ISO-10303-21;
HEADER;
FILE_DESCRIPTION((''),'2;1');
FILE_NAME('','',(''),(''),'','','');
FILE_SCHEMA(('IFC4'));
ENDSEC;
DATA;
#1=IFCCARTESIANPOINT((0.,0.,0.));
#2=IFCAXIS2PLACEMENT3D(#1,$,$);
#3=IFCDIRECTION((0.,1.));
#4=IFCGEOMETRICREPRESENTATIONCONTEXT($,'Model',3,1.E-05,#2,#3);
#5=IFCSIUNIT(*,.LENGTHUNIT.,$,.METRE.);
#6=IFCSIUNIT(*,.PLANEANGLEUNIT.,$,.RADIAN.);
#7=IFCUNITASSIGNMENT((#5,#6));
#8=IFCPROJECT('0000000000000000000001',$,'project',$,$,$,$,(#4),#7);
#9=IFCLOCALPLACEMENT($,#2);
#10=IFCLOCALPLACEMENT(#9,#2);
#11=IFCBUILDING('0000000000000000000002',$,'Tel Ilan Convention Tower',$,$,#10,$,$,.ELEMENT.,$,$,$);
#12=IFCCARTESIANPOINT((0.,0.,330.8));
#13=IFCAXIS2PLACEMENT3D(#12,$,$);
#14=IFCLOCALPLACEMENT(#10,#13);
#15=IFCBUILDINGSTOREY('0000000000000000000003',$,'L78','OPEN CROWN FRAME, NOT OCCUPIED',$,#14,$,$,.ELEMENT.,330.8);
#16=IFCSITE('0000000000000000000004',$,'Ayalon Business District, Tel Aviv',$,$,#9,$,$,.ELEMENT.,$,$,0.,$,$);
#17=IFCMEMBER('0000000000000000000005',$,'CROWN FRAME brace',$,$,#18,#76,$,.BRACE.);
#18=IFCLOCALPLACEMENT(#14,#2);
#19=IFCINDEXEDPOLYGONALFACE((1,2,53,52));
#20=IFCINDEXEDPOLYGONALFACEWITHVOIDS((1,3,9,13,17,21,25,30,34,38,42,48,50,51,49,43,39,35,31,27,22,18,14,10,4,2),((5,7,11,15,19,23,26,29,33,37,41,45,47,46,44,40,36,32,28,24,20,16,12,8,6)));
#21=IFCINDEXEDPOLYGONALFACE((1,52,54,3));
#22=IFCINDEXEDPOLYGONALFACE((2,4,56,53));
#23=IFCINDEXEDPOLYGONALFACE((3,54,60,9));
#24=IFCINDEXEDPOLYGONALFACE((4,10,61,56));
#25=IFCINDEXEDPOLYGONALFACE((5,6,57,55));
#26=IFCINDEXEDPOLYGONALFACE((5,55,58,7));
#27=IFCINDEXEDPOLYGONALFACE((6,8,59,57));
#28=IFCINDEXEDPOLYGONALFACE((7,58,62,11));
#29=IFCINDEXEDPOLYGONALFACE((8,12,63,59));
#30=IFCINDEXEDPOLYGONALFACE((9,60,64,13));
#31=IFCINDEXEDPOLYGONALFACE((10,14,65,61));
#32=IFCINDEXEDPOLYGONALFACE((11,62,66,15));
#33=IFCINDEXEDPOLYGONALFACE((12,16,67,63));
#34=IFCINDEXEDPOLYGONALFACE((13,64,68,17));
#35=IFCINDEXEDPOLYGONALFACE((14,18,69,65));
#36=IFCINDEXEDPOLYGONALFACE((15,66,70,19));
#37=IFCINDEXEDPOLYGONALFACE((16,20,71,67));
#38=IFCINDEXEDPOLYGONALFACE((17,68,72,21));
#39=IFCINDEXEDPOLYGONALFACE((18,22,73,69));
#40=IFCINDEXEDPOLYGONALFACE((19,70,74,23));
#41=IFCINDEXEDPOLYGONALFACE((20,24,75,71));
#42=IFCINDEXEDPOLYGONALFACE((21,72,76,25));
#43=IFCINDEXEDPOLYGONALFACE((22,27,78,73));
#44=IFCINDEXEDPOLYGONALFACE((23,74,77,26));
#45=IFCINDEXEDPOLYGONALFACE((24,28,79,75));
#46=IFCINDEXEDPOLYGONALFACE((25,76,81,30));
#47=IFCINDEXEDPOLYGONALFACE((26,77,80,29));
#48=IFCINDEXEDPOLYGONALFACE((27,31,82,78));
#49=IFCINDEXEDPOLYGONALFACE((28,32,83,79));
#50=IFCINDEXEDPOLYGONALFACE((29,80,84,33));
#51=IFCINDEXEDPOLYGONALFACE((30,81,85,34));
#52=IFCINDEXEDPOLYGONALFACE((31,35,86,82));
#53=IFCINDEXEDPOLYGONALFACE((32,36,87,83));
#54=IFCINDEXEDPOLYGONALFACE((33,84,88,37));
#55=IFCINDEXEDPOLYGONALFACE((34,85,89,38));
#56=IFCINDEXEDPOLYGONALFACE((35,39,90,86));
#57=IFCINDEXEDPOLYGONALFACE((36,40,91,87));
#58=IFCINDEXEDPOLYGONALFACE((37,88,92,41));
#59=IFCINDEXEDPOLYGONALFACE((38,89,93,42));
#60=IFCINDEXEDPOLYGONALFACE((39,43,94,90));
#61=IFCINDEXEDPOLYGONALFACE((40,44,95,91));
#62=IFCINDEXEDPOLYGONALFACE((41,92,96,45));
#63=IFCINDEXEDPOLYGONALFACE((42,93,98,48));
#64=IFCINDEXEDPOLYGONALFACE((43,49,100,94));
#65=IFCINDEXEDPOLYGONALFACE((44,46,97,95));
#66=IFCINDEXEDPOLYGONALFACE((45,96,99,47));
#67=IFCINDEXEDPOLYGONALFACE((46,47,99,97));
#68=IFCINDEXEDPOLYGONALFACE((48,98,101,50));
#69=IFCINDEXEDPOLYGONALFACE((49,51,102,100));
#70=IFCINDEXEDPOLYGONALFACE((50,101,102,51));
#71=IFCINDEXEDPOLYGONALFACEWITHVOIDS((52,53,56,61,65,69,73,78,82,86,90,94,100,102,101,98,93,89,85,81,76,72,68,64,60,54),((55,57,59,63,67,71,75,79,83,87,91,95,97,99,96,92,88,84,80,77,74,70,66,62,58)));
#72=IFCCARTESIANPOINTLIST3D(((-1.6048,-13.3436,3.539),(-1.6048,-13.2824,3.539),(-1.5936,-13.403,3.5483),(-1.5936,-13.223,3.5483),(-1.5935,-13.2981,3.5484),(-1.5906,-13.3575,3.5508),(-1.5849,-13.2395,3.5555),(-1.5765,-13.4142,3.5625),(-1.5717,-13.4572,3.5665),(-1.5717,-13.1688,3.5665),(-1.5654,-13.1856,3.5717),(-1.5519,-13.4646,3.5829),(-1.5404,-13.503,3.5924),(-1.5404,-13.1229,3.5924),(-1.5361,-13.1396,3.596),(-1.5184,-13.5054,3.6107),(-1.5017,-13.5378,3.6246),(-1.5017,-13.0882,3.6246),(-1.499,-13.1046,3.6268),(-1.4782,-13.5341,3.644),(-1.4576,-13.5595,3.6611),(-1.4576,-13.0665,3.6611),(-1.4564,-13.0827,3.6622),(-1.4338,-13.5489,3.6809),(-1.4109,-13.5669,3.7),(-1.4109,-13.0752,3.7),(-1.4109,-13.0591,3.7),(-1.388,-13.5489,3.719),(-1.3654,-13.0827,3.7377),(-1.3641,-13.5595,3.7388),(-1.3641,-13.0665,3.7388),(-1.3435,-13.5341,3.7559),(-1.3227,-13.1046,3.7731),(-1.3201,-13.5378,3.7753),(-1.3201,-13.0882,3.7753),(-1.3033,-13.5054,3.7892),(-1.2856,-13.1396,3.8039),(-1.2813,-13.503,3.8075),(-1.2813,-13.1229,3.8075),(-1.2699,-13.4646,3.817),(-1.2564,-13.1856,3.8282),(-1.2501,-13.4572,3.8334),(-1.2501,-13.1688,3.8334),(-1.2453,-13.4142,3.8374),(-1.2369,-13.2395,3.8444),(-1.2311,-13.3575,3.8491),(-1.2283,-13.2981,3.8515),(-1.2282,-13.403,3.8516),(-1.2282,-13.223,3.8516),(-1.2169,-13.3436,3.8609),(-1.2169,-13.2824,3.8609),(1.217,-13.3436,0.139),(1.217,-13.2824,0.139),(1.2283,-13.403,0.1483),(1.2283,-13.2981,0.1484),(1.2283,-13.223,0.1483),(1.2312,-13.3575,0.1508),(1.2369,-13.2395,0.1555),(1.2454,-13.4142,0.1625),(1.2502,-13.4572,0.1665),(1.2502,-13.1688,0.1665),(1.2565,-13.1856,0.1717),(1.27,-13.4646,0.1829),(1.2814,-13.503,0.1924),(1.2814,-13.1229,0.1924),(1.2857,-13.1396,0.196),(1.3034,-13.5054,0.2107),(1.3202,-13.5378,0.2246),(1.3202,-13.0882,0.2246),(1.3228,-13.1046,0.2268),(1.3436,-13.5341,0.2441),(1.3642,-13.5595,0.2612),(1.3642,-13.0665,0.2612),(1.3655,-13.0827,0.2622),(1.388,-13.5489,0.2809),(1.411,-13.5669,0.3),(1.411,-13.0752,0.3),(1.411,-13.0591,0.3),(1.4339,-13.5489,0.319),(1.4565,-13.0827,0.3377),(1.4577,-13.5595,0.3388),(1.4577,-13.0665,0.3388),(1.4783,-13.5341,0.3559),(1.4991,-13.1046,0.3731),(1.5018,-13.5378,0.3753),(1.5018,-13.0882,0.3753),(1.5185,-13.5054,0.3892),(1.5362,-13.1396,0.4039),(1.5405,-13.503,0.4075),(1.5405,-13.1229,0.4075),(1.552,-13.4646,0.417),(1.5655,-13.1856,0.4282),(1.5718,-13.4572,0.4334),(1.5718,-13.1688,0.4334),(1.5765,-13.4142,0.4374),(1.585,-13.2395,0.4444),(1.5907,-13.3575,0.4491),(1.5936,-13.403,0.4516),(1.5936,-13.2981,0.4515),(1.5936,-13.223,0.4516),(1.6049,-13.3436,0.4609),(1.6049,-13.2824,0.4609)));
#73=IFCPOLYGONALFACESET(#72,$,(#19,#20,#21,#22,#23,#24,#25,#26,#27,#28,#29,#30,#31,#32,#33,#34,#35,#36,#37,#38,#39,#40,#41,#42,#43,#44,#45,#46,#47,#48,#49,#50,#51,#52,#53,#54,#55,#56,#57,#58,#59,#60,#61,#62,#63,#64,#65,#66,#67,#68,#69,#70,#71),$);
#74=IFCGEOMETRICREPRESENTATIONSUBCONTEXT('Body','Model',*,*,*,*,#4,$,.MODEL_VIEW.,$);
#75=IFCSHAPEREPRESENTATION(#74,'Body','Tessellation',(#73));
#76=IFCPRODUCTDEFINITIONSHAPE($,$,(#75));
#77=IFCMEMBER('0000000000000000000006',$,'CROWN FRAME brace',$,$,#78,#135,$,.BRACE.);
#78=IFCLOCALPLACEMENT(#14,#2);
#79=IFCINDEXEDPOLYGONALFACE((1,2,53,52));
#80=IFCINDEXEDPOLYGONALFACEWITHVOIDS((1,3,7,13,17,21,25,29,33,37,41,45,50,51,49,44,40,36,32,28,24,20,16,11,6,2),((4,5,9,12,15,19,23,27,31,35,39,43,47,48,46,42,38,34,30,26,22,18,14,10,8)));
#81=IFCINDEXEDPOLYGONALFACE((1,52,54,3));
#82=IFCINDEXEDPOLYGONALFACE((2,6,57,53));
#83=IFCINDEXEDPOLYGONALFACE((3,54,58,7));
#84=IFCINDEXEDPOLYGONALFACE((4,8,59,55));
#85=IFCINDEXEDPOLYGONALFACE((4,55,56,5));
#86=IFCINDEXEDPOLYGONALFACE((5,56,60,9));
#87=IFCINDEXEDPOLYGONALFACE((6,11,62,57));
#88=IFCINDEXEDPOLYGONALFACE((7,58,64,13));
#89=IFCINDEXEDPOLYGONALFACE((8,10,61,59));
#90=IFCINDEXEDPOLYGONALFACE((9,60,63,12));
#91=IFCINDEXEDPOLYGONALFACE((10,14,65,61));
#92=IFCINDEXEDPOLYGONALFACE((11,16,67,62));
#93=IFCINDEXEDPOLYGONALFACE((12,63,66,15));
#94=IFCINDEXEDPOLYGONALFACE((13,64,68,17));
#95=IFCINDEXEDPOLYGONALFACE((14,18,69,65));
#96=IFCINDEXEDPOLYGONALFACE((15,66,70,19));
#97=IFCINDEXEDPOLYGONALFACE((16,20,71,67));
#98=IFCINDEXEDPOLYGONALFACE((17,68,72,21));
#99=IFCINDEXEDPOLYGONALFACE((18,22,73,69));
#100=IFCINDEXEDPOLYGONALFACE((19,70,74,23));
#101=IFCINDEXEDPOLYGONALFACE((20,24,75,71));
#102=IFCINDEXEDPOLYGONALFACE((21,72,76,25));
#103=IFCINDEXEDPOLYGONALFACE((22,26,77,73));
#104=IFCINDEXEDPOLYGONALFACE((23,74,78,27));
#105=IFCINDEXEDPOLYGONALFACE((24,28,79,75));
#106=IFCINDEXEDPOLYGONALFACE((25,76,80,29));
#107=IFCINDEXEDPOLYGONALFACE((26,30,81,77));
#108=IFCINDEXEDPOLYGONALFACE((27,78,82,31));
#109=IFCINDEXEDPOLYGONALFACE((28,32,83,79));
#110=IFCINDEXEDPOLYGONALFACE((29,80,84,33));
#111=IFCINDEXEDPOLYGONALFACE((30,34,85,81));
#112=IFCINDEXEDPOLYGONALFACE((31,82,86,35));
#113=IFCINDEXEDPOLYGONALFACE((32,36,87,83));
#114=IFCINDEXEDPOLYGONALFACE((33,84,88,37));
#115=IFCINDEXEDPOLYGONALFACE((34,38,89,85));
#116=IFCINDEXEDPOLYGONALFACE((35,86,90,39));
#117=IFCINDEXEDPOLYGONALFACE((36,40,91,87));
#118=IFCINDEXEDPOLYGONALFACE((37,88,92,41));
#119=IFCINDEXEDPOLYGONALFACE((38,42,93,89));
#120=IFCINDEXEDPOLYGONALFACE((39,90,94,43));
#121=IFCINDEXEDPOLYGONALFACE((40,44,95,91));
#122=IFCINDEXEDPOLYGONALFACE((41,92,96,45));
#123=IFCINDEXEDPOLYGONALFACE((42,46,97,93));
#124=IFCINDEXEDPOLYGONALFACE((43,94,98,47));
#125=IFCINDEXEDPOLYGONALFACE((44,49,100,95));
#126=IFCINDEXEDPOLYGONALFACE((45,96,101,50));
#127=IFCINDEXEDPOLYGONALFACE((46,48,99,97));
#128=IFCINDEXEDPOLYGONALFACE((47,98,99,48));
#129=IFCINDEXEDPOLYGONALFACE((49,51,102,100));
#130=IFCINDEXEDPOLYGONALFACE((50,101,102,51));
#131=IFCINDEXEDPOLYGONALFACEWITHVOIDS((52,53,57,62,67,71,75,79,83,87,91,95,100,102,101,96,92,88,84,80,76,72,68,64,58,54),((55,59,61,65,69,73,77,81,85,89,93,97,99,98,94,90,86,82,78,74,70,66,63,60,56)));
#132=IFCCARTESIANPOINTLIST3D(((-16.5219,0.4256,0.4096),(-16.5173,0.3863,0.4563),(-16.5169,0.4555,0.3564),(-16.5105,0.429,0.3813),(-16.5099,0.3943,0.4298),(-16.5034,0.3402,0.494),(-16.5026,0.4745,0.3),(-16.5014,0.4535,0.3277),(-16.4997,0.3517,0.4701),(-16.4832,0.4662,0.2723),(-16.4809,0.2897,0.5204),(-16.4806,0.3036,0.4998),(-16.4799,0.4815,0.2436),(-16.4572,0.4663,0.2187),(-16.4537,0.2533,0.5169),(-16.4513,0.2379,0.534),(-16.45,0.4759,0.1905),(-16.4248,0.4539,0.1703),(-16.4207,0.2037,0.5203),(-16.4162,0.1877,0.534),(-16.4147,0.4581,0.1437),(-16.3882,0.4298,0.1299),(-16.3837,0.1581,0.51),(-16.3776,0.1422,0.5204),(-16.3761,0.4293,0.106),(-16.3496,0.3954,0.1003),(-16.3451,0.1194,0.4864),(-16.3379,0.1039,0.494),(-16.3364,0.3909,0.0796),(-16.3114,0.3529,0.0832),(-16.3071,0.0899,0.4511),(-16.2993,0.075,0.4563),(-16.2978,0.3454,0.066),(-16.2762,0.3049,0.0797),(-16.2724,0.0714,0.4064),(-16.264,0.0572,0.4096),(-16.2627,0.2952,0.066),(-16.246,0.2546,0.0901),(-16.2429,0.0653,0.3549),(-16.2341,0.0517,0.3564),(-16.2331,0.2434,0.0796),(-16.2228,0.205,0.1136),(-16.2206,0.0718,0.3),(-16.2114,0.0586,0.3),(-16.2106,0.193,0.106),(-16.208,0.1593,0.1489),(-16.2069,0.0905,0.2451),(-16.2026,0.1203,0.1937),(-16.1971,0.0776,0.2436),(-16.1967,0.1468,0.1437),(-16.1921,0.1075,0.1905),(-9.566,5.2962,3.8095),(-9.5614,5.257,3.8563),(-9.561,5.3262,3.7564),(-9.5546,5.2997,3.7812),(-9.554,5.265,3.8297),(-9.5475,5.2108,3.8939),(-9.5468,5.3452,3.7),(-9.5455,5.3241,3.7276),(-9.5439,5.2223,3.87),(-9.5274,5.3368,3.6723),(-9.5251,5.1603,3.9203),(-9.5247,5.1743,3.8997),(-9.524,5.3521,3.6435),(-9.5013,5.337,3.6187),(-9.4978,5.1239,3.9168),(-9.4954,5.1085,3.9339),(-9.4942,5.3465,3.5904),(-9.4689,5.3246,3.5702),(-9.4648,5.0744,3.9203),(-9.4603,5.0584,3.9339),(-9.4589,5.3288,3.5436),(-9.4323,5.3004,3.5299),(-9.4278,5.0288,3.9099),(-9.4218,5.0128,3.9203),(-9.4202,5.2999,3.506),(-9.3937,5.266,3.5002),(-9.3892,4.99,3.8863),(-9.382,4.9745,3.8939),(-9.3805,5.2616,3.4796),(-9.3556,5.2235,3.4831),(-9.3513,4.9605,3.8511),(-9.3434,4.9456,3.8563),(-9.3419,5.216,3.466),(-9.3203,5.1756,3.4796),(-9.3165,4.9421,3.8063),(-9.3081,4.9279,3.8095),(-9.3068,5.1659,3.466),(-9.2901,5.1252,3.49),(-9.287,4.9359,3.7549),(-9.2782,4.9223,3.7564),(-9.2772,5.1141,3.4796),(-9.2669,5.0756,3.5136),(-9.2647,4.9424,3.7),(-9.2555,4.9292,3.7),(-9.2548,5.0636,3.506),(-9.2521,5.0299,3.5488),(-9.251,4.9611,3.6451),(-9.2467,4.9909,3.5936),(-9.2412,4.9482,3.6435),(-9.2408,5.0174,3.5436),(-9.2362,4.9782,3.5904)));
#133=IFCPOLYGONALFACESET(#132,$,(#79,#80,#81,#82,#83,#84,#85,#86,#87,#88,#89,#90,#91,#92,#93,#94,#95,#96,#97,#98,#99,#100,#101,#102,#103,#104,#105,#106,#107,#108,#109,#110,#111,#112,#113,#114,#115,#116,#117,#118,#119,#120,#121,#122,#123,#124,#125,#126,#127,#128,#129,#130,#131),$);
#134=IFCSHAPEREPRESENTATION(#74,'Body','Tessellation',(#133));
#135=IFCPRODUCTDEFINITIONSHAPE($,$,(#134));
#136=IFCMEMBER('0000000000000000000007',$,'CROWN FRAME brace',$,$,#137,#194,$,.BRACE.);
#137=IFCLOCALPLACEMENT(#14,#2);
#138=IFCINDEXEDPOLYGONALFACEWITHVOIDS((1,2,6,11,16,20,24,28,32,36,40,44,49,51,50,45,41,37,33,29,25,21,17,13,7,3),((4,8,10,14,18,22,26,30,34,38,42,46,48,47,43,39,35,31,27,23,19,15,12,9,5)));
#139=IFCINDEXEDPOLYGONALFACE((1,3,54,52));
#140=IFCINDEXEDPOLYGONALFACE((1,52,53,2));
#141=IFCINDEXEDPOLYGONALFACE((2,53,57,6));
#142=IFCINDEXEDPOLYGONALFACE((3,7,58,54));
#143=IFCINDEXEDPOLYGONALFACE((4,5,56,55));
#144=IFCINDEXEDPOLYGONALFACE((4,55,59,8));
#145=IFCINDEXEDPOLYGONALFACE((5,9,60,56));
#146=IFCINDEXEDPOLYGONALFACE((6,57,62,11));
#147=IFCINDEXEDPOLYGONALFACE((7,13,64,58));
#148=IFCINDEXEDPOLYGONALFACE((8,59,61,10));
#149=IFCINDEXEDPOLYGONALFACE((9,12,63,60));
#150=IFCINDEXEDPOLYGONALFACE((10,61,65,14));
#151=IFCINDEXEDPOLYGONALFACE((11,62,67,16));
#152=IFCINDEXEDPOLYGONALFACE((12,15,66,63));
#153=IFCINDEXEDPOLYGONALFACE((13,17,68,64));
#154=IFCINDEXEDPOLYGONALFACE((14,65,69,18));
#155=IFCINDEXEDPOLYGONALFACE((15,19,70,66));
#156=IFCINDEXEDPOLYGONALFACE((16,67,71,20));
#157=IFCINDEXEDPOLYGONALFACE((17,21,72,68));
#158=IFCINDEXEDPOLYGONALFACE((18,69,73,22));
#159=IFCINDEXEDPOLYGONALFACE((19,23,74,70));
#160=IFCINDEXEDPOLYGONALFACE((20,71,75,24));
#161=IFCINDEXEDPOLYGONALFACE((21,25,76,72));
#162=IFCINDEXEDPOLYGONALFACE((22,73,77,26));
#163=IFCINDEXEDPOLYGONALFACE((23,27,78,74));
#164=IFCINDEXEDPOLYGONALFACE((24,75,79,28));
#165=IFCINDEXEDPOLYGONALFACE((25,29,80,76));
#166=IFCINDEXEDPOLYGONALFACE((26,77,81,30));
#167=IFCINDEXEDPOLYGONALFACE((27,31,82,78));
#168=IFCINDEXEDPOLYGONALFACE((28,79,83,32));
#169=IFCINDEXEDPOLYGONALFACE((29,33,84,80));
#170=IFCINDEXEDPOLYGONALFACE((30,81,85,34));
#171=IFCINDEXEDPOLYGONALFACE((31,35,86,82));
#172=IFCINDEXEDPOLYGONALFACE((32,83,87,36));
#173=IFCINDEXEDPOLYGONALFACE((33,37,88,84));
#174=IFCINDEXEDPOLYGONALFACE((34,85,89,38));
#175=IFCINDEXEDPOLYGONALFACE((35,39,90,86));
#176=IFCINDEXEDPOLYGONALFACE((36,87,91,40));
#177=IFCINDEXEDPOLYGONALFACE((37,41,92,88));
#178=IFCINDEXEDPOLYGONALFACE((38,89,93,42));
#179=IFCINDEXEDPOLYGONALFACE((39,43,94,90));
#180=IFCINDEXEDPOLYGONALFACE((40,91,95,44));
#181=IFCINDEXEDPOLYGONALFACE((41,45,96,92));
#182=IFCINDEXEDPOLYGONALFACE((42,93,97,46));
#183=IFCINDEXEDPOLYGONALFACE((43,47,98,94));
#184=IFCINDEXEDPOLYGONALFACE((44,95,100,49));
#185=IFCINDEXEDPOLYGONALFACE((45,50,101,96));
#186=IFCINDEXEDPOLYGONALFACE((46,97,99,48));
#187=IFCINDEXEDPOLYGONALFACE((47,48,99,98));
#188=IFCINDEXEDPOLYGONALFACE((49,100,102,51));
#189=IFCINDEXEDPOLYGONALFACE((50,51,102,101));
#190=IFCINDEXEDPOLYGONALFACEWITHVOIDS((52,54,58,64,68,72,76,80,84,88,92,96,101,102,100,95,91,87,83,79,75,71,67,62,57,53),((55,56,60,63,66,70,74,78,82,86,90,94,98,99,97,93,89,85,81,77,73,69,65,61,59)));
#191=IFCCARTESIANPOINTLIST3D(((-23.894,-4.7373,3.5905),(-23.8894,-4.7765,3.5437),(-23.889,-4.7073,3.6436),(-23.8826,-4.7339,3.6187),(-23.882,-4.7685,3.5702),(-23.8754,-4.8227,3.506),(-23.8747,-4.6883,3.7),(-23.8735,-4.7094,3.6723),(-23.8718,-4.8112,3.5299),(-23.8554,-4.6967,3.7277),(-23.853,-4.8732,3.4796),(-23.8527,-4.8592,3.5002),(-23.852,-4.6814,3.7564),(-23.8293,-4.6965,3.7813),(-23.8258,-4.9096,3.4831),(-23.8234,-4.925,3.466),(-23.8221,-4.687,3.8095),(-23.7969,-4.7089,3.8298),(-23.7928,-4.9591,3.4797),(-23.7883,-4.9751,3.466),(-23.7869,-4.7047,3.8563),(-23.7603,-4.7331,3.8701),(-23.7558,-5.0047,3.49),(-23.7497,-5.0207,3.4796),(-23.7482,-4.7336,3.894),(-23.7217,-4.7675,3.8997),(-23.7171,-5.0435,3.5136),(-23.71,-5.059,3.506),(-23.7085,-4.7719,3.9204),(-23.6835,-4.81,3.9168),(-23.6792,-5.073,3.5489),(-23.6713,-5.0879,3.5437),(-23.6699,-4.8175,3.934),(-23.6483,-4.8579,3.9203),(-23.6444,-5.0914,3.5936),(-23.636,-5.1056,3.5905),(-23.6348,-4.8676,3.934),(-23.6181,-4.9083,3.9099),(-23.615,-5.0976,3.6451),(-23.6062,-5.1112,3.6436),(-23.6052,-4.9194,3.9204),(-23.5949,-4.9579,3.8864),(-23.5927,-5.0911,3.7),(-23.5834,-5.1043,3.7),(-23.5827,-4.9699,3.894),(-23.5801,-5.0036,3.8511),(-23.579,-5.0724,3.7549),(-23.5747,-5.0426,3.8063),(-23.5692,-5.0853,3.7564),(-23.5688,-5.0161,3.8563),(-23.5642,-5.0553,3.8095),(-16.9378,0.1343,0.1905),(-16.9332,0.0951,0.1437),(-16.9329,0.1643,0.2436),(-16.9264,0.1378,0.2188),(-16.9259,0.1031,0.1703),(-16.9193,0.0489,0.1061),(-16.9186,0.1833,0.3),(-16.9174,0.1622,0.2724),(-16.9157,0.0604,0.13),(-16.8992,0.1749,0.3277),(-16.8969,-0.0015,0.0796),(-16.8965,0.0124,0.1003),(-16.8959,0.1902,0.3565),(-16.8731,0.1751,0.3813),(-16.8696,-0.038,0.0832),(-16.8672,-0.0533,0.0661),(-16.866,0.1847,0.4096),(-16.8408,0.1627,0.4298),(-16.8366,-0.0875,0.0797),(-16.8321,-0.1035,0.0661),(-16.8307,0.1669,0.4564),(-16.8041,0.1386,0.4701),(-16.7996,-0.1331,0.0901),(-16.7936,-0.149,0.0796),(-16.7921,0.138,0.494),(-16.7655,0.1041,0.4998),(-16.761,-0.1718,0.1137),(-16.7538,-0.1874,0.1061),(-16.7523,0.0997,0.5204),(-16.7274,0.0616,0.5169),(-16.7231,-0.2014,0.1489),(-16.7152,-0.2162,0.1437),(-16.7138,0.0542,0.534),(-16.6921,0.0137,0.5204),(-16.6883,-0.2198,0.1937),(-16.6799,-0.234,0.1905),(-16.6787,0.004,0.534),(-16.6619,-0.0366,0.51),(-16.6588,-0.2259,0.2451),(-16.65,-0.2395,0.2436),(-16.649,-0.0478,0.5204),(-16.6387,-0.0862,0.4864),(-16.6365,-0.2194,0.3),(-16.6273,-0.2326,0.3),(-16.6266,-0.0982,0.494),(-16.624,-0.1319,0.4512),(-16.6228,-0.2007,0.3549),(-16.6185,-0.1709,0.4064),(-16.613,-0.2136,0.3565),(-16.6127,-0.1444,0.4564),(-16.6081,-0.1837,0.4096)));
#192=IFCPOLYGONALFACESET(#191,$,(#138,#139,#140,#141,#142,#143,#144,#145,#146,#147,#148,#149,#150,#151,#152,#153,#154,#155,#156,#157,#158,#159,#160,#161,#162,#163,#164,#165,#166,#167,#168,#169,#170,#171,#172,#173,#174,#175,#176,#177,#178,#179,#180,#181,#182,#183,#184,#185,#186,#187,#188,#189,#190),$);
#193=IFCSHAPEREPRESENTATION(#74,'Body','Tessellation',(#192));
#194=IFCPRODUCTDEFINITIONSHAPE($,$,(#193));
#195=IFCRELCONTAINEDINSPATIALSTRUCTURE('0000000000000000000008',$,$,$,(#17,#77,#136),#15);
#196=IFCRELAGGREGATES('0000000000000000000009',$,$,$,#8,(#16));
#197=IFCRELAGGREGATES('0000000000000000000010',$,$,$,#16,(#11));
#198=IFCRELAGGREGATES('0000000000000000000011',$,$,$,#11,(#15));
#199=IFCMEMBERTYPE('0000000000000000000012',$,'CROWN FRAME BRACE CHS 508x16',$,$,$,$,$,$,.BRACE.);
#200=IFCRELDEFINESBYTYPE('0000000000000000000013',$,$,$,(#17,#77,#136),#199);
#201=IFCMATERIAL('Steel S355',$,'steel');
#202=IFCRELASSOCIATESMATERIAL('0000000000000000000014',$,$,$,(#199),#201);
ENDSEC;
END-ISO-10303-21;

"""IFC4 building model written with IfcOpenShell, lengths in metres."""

from ifc_helpers import new_model, si_unit, direction, frame, origin, origin_2d, place, context, subcontext, project, spatial, hollow_circle, extrude, material, material_profile, profile_set, type_object, element, save


model = new_model("IFC4")

# Units and contexts
model_context = context("Model", 3, precision=1e-05, world=origin(), true_north=direction((0.0, 1.0)))
body_context = subcontext(model_context, "Body", "Model", "MODEL_VIEW")
ifc_project = project(units=[si_unit("LENGTHUNIT", "METRE"), si_unit("PLANEANGLEUNIT", "RADIAN")], contexts=[model_context])

# Site, building, storey
site_placement = place(None, origin())
site = spatial("IfcSite", under=ifc_project, at=site_placement, Name="Ayalon Business District, Tel Aviv", CompositionType="ELEMENT", RefElevation=0.0)
building_placement = place(site_placement, origin())
building = spatial("IfcBuilding", under=site, at=building_placement, Name="Tel Ilan Convention Tower", CompositionType="ELEMENT")
storey_placement = place(building_placement, frame((0.0, 0.0, 330.8)))
storey = spatial("IfcBuildingStorey", under=building, at=storey_placement, Name="L78", Description="OPEN CROWN FRAME, NOT OCCUPIED", CompositionType="ELEMENT", Elevation=330.8)

# Members
ifc_material_1 = material(Name="Steel S355", Category="steel")
ifc_material_profile_1 = material_profile(ifc_material_1, hollow_circle(Radius=0.2539, WallThickness=0.0161, at=origin_2d()), Name="CHS 508x16")
ifc_profile_set_1 = profile_set([ifc_material_profile_1], Name="Steel S355")
member_type = type_object("IfcMemberType", Name="CROWN FRAME BRACE CHS 508x16", PredefinedType="BRACE", material=ifc_profile_set_1)
member_1_placement = place(storey_placement, frame((-1.4109, -13.313, 3.7), z_axis=(0.63865, 0.0, -0.769497), x_axis=(0.0, 1.0, 0.0)))
element("IfcMember", 1, at=member_1_placement, inside=storey, type_object=member_type, Name="CROWN FRAME brace", PredefinedType="BRACE", context=body_context, shape_type="SweptSolid", body=[
    extrude(hollow_circle(Radius=0.2539, WallThickness=0.0161, at=origin_2d()), origin(), (0.0, 0.0, 1.0), 4.4185),
])
member_2_placement = place(storey_placement, frame((-9.4011, 5.1372, 3.7), z_axis=(-0.760457, -0.532488, -0.371701), x_axis=(0.573584, -0.819147, 0.0)))
element("IfcMember", 2, at=member_2_placement, inside=storey, type_object=member_type, Name="CROWN FRAME brace", PredefinedType="BRACE", context=body_context, shape_type="SweptSolid", body=[
    extrude(hollow_circle(Radius=0.2539, WallThickness=0.0161, at=origin_2d()), origin(), (0.0, 0.0, 1.0), 9.147),
])
member_3_placement = place(storey_placement, frame((-16.7729, -0.0247, 0.3), z_axis=(-0.760425, -0.532554, 0.371672), x_axis=(0.573648, -0.819102, 0.0)))
element("IfcMember", 3, at=member_3_placement, inside=storey, type_object=member_type, Name="CROWN FRAME brace", PredefinedType="BRACE", context=body_context, shape_type="SweptSolid", body=[
    extrude(hollow_circle(Radius=0.2539, WallThickness=0.0161, at=origin_2d()), origin(), (0.0, 0.0, 1.0), 9.1477),
])

save(model, "model.ifc")
